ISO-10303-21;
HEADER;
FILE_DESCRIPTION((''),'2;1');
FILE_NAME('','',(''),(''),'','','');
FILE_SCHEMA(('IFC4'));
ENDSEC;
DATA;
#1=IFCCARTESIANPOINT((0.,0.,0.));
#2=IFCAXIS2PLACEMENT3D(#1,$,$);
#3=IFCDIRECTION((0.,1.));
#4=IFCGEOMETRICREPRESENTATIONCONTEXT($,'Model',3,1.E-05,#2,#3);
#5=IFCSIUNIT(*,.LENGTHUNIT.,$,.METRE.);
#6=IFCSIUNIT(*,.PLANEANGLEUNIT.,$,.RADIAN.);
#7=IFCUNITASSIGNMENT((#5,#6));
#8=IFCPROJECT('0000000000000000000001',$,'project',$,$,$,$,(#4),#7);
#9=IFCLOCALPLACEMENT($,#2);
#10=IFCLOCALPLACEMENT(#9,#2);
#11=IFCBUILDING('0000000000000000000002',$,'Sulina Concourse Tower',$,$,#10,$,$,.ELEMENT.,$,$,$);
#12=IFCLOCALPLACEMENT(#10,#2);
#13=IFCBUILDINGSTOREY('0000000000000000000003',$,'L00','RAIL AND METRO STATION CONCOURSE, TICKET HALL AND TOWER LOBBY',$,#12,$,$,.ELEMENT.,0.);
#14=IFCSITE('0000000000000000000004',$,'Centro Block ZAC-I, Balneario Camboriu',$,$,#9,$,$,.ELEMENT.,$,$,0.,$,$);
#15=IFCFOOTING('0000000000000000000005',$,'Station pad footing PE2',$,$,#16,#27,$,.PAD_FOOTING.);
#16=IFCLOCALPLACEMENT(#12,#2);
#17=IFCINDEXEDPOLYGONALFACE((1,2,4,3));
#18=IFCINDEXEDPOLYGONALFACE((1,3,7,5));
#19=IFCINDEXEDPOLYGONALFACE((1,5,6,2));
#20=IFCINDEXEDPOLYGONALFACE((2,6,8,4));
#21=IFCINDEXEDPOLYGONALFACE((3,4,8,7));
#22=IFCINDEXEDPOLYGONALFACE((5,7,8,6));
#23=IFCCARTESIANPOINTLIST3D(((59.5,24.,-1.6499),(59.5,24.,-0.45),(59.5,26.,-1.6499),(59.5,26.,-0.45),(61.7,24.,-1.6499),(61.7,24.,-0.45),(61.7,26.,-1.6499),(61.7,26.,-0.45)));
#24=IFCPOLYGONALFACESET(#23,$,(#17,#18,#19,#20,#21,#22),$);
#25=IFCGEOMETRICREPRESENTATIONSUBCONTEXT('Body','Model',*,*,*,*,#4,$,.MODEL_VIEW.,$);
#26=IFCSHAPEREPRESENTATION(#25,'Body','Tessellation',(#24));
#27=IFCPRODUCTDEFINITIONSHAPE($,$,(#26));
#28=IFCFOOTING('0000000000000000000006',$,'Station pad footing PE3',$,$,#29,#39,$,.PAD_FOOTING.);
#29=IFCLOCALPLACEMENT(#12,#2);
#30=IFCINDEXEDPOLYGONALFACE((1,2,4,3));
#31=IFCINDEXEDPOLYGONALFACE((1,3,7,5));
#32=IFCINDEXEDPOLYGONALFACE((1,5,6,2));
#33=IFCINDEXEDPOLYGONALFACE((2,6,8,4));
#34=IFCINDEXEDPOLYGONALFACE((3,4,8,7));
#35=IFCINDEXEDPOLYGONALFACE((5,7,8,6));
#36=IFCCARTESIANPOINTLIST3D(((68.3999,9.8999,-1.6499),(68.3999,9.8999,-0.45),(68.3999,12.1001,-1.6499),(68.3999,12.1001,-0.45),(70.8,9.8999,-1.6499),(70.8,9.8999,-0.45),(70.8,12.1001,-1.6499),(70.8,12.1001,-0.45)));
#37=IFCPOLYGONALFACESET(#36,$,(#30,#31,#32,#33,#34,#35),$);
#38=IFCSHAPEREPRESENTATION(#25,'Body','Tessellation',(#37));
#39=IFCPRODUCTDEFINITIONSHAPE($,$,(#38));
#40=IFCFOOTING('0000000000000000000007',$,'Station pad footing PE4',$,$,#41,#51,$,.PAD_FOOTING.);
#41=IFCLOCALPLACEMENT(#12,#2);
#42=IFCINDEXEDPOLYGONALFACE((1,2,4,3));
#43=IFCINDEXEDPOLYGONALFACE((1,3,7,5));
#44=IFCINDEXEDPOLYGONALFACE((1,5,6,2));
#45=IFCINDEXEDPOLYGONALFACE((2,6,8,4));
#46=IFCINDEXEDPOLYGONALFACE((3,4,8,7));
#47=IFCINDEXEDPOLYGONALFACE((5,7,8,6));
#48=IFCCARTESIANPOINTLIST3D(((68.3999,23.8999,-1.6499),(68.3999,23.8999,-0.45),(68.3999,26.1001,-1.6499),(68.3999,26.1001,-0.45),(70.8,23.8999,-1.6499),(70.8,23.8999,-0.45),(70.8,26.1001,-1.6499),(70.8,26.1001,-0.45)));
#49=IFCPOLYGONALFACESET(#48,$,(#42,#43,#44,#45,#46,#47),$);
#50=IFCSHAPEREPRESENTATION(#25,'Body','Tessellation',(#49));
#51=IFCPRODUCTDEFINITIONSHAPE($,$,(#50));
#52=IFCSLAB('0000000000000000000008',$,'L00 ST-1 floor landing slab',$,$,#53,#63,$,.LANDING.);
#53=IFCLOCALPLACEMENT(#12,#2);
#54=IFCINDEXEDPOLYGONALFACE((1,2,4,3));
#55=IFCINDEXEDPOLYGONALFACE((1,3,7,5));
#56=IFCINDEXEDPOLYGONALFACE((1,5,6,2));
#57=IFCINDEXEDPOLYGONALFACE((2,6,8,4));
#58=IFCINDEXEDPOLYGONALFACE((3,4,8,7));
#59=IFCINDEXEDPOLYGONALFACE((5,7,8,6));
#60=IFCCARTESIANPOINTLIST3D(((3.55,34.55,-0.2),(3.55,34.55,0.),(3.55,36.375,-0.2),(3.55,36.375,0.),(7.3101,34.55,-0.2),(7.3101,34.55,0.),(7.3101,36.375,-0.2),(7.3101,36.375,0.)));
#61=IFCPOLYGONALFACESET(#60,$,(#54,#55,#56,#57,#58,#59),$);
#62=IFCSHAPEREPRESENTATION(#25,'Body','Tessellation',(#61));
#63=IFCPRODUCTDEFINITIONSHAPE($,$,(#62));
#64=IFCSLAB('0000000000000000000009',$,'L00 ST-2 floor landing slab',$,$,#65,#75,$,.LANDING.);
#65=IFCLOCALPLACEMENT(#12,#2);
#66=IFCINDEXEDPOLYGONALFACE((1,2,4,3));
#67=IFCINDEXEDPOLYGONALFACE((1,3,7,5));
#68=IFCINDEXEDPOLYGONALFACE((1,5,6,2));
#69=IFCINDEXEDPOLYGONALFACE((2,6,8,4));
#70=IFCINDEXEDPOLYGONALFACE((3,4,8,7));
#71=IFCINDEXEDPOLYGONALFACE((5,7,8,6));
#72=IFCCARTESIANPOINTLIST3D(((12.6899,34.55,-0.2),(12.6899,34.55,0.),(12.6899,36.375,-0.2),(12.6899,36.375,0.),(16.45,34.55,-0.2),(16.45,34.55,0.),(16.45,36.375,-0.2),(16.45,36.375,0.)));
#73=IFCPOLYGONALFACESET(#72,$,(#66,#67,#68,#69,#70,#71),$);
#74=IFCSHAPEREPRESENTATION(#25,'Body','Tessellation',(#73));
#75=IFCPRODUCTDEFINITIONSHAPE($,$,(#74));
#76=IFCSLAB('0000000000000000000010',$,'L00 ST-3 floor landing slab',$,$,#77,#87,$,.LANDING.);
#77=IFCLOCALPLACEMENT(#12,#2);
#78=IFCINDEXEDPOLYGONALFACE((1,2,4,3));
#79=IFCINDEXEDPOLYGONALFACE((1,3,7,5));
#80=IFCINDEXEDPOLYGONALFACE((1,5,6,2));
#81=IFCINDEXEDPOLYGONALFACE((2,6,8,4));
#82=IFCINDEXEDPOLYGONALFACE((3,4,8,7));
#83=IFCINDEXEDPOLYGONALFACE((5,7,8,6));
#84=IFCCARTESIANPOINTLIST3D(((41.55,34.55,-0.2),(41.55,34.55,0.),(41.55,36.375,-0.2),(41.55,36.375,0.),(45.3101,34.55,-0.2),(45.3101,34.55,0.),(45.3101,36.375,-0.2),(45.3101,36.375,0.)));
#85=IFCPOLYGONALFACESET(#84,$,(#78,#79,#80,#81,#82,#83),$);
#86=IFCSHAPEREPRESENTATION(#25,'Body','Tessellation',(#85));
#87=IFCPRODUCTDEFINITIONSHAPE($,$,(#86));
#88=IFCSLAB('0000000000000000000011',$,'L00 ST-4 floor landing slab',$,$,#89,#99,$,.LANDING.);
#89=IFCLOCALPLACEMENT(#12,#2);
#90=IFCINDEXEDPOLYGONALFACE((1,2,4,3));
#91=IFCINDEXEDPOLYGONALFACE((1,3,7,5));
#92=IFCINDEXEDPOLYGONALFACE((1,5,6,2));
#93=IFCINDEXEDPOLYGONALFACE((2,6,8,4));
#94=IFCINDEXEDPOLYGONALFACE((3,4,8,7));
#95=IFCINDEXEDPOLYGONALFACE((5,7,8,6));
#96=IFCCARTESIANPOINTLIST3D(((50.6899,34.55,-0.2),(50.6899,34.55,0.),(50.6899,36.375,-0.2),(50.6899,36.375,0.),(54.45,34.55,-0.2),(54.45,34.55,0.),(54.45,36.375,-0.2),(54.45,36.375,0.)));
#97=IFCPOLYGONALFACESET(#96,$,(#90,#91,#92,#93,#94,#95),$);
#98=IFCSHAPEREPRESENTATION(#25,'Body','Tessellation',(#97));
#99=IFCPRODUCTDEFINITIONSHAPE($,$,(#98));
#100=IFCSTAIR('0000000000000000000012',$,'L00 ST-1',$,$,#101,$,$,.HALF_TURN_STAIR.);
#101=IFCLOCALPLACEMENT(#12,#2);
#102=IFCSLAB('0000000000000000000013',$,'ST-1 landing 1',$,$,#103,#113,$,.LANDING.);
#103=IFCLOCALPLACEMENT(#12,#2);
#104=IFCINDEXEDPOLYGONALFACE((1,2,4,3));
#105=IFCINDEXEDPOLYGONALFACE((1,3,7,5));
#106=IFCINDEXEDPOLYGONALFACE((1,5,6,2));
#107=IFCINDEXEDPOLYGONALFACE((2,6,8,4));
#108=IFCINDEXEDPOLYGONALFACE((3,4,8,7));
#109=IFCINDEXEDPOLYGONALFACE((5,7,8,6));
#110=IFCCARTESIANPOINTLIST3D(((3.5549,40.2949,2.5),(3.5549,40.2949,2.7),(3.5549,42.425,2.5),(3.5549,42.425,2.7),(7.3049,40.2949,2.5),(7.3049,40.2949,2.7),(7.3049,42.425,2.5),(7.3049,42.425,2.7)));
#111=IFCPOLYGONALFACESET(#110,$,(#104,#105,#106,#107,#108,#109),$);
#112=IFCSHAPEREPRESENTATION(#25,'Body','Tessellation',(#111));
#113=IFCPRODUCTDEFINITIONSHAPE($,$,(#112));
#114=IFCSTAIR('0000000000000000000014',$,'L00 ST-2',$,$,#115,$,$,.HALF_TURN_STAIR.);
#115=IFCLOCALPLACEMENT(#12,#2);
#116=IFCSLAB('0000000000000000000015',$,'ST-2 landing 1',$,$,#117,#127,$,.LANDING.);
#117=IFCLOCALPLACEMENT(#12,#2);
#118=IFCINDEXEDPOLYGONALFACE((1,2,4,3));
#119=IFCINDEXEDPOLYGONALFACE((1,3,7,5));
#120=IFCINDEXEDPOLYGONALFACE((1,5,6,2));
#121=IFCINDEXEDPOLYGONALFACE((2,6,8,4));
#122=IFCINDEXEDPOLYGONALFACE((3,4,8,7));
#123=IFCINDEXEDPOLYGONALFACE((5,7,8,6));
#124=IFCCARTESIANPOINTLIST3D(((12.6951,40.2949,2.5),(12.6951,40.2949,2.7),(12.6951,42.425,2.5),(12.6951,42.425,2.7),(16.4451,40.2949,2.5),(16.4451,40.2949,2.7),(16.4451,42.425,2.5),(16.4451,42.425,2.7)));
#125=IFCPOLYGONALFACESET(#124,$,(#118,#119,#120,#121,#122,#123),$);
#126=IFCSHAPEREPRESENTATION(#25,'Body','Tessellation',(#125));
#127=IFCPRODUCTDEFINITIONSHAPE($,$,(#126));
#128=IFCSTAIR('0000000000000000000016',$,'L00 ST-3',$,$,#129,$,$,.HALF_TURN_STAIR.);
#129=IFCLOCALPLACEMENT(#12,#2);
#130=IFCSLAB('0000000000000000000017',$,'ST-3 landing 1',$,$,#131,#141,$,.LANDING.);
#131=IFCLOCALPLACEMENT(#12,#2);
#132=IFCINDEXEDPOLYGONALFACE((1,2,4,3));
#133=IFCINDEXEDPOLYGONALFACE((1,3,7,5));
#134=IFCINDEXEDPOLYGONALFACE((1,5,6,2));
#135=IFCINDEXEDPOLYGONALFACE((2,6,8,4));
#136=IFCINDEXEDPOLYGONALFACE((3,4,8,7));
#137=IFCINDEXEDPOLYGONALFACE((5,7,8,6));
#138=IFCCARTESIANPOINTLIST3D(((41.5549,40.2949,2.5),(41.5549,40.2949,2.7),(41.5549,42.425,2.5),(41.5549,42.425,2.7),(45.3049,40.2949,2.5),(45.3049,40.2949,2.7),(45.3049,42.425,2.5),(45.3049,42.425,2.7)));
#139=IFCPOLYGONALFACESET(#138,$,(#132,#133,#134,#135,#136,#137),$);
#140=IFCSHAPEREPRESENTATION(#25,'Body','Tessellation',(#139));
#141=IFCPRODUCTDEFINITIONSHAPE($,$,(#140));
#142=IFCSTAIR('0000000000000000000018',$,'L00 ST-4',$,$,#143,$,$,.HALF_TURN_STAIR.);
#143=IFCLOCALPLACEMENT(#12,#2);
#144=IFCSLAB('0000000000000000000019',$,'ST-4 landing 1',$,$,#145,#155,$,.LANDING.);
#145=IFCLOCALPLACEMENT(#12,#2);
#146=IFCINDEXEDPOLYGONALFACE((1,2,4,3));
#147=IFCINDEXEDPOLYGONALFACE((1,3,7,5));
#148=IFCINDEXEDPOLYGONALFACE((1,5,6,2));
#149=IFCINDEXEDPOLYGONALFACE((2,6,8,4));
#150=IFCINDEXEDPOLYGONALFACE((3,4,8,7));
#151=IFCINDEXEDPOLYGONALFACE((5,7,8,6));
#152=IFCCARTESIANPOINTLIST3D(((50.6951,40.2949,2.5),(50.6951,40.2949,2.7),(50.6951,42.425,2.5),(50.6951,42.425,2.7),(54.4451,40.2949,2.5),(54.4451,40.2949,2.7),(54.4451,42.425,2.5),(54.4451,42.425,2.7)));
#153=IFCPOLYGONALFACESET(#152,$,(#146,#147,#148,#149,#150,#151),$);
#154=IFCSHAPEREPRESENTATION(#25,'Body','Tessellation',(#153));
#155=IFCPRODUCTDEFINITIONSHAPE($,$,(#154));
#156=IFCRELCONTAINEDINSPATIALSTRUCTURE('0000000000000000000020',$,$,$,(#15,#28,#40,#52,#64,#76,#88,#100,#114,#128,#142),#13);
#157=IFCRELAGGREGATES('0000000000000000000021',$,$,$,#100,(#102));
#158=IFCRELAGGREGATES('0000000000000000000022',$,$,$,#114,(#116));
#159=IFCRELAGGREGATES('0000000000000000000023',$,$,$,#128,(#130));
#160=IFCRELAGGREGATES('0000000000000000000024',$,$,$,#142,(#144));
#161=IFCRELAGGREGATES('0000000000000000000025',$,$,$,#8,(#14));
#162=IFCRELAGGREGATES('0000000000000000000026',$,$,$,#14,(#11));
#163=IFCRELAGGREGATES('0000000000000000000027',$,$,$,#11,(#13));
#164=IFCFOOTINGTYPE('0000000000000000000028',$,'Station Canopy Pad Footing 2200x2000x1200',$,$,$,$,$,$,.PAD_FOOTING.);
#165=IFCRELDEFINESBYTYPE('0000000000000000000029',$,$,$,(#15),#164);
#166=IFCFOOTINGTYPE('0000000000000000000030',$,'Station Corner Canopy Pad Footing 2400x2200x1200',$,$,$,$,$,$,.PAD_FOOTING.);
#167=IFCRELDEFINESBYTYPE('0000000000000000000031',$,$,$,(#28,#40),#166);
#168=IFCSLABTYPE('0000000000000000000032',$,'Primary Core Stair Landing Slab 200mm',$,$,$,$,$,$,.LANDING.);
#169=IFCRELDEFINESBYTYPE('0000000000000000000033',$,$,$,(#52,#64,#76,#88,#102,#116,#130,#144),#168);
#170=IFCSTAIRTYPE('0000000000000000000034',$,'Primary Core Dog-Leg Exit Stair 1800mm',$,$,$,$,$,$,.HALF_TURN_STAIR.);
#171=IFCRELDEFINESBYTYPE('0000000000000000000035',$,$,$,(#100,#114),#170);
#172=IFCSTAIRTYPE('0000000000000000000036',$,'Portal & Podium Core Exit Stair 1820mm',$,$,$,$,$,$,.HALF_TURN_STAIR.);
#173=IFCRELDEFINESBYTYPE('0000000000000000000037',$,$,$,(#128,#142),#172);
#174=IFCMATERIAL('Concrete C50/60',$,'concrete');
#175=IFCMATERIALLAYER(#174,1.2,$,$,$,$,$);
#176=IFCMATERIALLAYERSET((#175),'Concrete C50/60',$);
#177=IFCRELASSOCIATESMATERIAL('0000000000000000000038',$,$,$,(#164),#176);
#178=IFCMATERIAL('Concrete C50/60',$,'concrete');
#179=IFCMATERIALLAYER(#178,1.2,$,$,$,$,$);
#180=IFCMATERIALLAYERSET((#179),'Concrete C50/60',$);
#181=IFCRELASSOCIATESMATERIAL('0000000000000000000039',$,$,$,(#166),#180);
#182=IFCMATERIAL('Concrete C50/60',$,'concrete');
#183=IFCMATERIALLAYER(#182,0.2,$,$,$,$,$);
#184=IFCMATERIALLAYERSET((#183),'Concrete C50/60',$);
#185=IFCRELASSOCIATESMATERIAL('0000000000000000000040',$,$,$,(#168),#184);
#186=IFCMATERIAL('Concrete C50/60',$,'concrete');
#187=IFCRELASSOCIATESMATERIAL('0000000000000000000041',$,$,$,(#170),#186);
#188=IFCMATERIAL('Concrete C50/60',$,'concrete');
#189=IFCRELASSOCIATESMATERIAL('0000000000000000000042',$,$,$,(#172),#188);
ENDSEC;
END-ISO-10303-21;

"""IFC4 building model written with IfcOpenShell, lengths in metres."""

from ifc_helpers import new_model, si_unit, direction, frame, origin, place, context, subcontext, project, spatial, polyline, outline, extrude, material, layer, layer_set, type_object, element, aggregate, save


model = new_model("IFC4")

# Units and contexts
model_context = context("Model", 3, precision=1e-05, world=origin(), true_north=direction((0.0, 1.0)))
body_context = subcontext(model_context, "Body", "Model", "MODEL_VIEW")
ifc_project = project(units=[si_unit("LENGTHUNIT", "METRE"), si_unit("PLANEANGLEUNIT", "RADIAN")], contexts=[model_context])

# Site, building, storey
site_placement = place(None, origin())
site = spatial("IfcSite", under=ifc_project, at=site_placement, Name="Centro Block ZAC-I, Balneario Camboriu", CompositionType="ELEMENT", RefElevation=0.0)
building_placement = place(site_placement, origin())
building = spatial("IfcBuilding", under=site, at=building_placement, Name="Sulina Concourse Tower", CompositionType="ELEMENT")
storey_placement = place(building_placement, origin())
storey = spatial("IfcBuildingStorey", under=building, at=storey_placement, Name="L00", Description="RAIL AND METRO STATION CONCOURSE, TICKET HALL AND TOWER LOBBY", CompositionType="ELEMENT", Elevation=0.0)

# Footings
ifc_material_1 = material(Name="Concrete C50/60", Category="concrete")
ifc_layer_1 = layer(ifc_material_1, 1.2)
ifc_layer_set_1 = layer_set([ifc_layer_1], Name="Concrete C50/60")
footing_type_1 = type_object("IfcFootingType", Name="Station Canopy Pad Footing 2200x2000x1200", PredefinedType="PAD_FOOTING", material=ifc_layer_set_1)
footing_1_placement = place(storey_placement, frame((0.0, 0.0, -1.6499)))
element("IfcFooting", 1, at=footing_1_placement, inside=storey, type_object=footing_type_1, Name="Station pad footing PE2", PredefinedType="PAD_FOOTING", context=body_context, shape_type="SweptSolid", body=[
    extrude(outline(polyline([(59.5, 24.0), (61.7, 24.0), (61.7, 26.0), (59.5, 26.0), (59.5, 24.0)])), origin(), (0.0, 0.0, 1.0), 1.2),
])
ifc_material_2 = material(Name="Concrete C50/60", Category="concrete")
ifc_layer_2 = layer(ifc_material_2, 1.2)
ifc_layer_set_2 = layer_set([ifc_layer_2], Name="Concrete C50/60")
footing_type_2 = type_object("IfcFootingType", Name="Station Corner Canopy Pad Footing 2400x2200x1200", PredefinedType="PAD_FOOTING", material=ifc_layer_set_2)
footing_2_placement = place(storey_placement, frame((0.0, 0.0, -1.6499)))
element("IfcFooting", 2, at=footing_2_placement, inside=storey, type_object=footing_type_2, Name="Station pad footing PE3", PredefinedType="PAD_FOOTING", context=body_context, shape_type="SweptSolid", body=[
    extrude(outline(polyline([(68.3999, 9.8999), (70.8, 9.8999), (70.8, 12.1001), (68.3999, 12.1001), (68.3999, 9.8999)])), origin(), (0.0, 0.0, 1.0), 1.2),
])
footing_3_placement = place(storey_placement, frame((0.0, 0.0, -1.6499)))
element("IfcFooting", 3, at=footing_3_placement, inside=storey, type_object=footing_type_2, Name="Station pad footing PE4", PredefinedType="PAD_FOOTING", context=body_context, shape_type="SweptSolid", body=[
    extrude(outline(polyline([(68.3999, 23.8999), (70.8, 23.8999), (70.8, 26.1001), (68.3999, 26.1001), (68.3999, 23.8999)])), origin(), (0.0, 0.0, 1.0), 1.2),
])

# Slabs
ifc_material_3 = material(Name="Concrete C50/60", Category="concrete")
ifc_layer_3 = layer(ifc_material_3, 0.2)
ifc_layer_set_3 = layer_set([ifc_layer_3], Name="Concrete C50/60")
slab_type_1 = type_object("IfcSlabType", Name="Primary Core Stair Landing Slab 200mm", PredefinedType="LANDING", material=ifc_layer_set_3)
slab_1_placement = place(storey_placement, frame((0.0, 0.0, -0.2)))
element("IfcSlab", 4, at=slab_1_placement, inside=storey, type_object=slab_type_1, Name="L00 ST-1 floor landing slab", PredefinedType="LANDING", context=body_context, shape_type="SweptSolid", body=[
    extrude(outline(polyline([(7.3101, 34.55), (7.3101, 36.375), (3.55, 36.375), (3.55, 34.55), (7.3101, 34.55)])), origin(), (0.0, 0.0, 1.0), 0.2),
])
slab_2_placement = place(storey_placement, frame((0.0, 0.0, -0.2)))
element("IfcSlab", 5, at=slab_2_placement, inside=storey, type_object=slab_type_1, Name="L00 ST-2 floor landing slab", PredefinedType="LANDING", context=body_context, shape_type="SweptSolid", body=[
    extrude(outline(polyline([(16.45, 34.55), (16.45, 36.375), (12.6899, 36.375), (12.6899, 34.55), (16.45, 34.55)])), origin(), (0.0, 0.0, 1.0), 0.2),
])
slab_3_placement = place(storey_placement, frame((0.0, 0.0, -0.2)))
element("IfcSlab", 6, at=slab_3_placement, inside=storey, type_object=slab_type_1, Name="L00 ST-3 floor landing slab", PredefinedType="LANDING", context=body_context, shape_type="SweptSolid", body=[
    extrude(outline(polyline([(45.3101, 34.55), (45.3101, 36.375), (41.55, 36.375), (41.55, 34.55), (45.3101, 34.55)])), origin(), (0.0, 0.0, 1.0), 0.2),
])
slab_4_placement = place(storey_placement, frame((0.0, 0.0, -0.2)))
element("IfcSlab", 7, at=slab_4_placement, inside=storey, type_object=slab_type_1, Name="L00 ST-4 floor landing slab", PredefinedType="LANDING", context=body_context, shape_type="SweptSolid", body=[
    extrude(outline(polyline([(54.45, 34.55), (54.45, 36.375), (50.6899, 36.375), (50.6899, 34.55), (54.45, 34.55)])), origin(), (0.0, 0.0, 1.0), 0.2),
])

# Stairs, slabs
ifc_material_4 = material(Name="Concrete C50/60", Category="concrete")
stair_type_1 = type_object("IfcStairType", Name="Primary Core Dog-Leg Exit Stair 1800mm", PredefinedType="HALF_TURN_STAIR", material=ifc_material_4)
stair_1_placement = place(storey_placement, origin())
stair_1 = element("IfcStair", 8, at=stair_1_placement, inside=storey, type_object=stair_type_1, Name="L00 ST-1", PredefinedType="HALF_TURN_STAIR")
slab_5_placement = place(storey_placement, frame((0.0, 0.0, 2.5)))
slab_5 = element("IfcSlab", 9, at=slab_5_placement, type_object=slab_type_1, Name="ST-1 landing 1", PredefinedType="LANDING", context=body_context, shape_type="SweptSolid", body=[
    extrude(outline(polyline([(7.3049, 40.2949), (7.3049, 42.425), (3.5549, 42.425), (3.5549, 40.2949), (7.3049, 40.2949)])), origin(), (0.0, 0.0, 1.0), 0.2),
])
aggregate(stair_1, [slab_5])
stair_2_placement = place(storey_placement, origin())
stair_2 = element("IfcStair", 10, at=stair_2_placement, inside=storey, type_object=stair_type_1, Name="L00 ST-2", PredefinedType="HALF_TURN_STAIR")
slab_6_placement = place(storey_placement, frame((0.0, 0.0, 2.5)))
slab_6 = element("IfcSlab", 11, at=slab_6_placement, type_object=slab_type_1, Name="ST-2 landing 1", PredefinedType="LANDING", context=body_context, shape_type="SweptSolid", body=[
    extrude(outline(polyline([(16.4451, 40.2949), (16.4451, 42.425), (12.6951, 42.425), (12.6951, 40.2949), (16.4451, 40.2949)])), origin(), (0.0, 0.0, 1.0), 0.2),
])
aggregate(stair_2, [slab_6])
ifc_material_5 = material(Name="Concrete C50/60", Category="concrete")
stair_type_2 = type_object("IfcStairType", Name="Portal & Podium Core Exit Stair 1820mm", PredefinedType="HALF_TURN_STAIR", material=ifc_material_5)
stair_3_placement = place(storey_placement, origin())
stair_3 = element("IfcStair", 12, at=stair_3_placement, inside=storey, type_object=stair_type_2, Name="L00 ST-3", PredefinedType="HALF_TURN_STAIR")
slab_7_placement = place(storey_placement, frame((0.0, 0.0, 2.5)))
slab_7 = element("IfcSlab", 13, at=slab_7_placement, type_object=slab_type_1, Name="ST-3 landing 1", PredefinedType="LANDING", context=body_context, shape_type="SweptSolid", body=[
    extrude(outline(polyline([(45.3049, 40.2949), (45.3049, 42.425), (41.5549, 42.425), (41.5549, 40.2949), (45.3049, 40.2949)])), origin(), (0.0, 0.0, 1.0), 0.2),
])
aggregate(stair_3, [slab_7])
stair_4_placement = place(storey_placement, origin())
stair_4 = element("IfcStair", 14, at=stair_4_placement, inside=storey, type_object=stair_type_2, Name="L00 ST-4", PredefinedType="HALF_TURN_STAIR")
slab_8_placement = place(storey_placement, frame((0.0, 0.0, 2.5)))
slab_8 = element("IfcSlab", 15, at=slab_8_placement, type_object=slab_type_1, Name="ST-4 landing 1", PredefinedType="LANDING", context=body_context, shape_type="SweptSolid", body=[
    extrude(outline(polyline([(54.4451, 40.2949), (54.4451, 42.425), (50.6951, 42.425), (50.6951, 40.2949), (54.4451, 40.2949)])), origin(), (0.0, 0.0, 1.0), 0.2),
])
aggregate(stair_4, [slab_8])

save(model, "model.ifc")
